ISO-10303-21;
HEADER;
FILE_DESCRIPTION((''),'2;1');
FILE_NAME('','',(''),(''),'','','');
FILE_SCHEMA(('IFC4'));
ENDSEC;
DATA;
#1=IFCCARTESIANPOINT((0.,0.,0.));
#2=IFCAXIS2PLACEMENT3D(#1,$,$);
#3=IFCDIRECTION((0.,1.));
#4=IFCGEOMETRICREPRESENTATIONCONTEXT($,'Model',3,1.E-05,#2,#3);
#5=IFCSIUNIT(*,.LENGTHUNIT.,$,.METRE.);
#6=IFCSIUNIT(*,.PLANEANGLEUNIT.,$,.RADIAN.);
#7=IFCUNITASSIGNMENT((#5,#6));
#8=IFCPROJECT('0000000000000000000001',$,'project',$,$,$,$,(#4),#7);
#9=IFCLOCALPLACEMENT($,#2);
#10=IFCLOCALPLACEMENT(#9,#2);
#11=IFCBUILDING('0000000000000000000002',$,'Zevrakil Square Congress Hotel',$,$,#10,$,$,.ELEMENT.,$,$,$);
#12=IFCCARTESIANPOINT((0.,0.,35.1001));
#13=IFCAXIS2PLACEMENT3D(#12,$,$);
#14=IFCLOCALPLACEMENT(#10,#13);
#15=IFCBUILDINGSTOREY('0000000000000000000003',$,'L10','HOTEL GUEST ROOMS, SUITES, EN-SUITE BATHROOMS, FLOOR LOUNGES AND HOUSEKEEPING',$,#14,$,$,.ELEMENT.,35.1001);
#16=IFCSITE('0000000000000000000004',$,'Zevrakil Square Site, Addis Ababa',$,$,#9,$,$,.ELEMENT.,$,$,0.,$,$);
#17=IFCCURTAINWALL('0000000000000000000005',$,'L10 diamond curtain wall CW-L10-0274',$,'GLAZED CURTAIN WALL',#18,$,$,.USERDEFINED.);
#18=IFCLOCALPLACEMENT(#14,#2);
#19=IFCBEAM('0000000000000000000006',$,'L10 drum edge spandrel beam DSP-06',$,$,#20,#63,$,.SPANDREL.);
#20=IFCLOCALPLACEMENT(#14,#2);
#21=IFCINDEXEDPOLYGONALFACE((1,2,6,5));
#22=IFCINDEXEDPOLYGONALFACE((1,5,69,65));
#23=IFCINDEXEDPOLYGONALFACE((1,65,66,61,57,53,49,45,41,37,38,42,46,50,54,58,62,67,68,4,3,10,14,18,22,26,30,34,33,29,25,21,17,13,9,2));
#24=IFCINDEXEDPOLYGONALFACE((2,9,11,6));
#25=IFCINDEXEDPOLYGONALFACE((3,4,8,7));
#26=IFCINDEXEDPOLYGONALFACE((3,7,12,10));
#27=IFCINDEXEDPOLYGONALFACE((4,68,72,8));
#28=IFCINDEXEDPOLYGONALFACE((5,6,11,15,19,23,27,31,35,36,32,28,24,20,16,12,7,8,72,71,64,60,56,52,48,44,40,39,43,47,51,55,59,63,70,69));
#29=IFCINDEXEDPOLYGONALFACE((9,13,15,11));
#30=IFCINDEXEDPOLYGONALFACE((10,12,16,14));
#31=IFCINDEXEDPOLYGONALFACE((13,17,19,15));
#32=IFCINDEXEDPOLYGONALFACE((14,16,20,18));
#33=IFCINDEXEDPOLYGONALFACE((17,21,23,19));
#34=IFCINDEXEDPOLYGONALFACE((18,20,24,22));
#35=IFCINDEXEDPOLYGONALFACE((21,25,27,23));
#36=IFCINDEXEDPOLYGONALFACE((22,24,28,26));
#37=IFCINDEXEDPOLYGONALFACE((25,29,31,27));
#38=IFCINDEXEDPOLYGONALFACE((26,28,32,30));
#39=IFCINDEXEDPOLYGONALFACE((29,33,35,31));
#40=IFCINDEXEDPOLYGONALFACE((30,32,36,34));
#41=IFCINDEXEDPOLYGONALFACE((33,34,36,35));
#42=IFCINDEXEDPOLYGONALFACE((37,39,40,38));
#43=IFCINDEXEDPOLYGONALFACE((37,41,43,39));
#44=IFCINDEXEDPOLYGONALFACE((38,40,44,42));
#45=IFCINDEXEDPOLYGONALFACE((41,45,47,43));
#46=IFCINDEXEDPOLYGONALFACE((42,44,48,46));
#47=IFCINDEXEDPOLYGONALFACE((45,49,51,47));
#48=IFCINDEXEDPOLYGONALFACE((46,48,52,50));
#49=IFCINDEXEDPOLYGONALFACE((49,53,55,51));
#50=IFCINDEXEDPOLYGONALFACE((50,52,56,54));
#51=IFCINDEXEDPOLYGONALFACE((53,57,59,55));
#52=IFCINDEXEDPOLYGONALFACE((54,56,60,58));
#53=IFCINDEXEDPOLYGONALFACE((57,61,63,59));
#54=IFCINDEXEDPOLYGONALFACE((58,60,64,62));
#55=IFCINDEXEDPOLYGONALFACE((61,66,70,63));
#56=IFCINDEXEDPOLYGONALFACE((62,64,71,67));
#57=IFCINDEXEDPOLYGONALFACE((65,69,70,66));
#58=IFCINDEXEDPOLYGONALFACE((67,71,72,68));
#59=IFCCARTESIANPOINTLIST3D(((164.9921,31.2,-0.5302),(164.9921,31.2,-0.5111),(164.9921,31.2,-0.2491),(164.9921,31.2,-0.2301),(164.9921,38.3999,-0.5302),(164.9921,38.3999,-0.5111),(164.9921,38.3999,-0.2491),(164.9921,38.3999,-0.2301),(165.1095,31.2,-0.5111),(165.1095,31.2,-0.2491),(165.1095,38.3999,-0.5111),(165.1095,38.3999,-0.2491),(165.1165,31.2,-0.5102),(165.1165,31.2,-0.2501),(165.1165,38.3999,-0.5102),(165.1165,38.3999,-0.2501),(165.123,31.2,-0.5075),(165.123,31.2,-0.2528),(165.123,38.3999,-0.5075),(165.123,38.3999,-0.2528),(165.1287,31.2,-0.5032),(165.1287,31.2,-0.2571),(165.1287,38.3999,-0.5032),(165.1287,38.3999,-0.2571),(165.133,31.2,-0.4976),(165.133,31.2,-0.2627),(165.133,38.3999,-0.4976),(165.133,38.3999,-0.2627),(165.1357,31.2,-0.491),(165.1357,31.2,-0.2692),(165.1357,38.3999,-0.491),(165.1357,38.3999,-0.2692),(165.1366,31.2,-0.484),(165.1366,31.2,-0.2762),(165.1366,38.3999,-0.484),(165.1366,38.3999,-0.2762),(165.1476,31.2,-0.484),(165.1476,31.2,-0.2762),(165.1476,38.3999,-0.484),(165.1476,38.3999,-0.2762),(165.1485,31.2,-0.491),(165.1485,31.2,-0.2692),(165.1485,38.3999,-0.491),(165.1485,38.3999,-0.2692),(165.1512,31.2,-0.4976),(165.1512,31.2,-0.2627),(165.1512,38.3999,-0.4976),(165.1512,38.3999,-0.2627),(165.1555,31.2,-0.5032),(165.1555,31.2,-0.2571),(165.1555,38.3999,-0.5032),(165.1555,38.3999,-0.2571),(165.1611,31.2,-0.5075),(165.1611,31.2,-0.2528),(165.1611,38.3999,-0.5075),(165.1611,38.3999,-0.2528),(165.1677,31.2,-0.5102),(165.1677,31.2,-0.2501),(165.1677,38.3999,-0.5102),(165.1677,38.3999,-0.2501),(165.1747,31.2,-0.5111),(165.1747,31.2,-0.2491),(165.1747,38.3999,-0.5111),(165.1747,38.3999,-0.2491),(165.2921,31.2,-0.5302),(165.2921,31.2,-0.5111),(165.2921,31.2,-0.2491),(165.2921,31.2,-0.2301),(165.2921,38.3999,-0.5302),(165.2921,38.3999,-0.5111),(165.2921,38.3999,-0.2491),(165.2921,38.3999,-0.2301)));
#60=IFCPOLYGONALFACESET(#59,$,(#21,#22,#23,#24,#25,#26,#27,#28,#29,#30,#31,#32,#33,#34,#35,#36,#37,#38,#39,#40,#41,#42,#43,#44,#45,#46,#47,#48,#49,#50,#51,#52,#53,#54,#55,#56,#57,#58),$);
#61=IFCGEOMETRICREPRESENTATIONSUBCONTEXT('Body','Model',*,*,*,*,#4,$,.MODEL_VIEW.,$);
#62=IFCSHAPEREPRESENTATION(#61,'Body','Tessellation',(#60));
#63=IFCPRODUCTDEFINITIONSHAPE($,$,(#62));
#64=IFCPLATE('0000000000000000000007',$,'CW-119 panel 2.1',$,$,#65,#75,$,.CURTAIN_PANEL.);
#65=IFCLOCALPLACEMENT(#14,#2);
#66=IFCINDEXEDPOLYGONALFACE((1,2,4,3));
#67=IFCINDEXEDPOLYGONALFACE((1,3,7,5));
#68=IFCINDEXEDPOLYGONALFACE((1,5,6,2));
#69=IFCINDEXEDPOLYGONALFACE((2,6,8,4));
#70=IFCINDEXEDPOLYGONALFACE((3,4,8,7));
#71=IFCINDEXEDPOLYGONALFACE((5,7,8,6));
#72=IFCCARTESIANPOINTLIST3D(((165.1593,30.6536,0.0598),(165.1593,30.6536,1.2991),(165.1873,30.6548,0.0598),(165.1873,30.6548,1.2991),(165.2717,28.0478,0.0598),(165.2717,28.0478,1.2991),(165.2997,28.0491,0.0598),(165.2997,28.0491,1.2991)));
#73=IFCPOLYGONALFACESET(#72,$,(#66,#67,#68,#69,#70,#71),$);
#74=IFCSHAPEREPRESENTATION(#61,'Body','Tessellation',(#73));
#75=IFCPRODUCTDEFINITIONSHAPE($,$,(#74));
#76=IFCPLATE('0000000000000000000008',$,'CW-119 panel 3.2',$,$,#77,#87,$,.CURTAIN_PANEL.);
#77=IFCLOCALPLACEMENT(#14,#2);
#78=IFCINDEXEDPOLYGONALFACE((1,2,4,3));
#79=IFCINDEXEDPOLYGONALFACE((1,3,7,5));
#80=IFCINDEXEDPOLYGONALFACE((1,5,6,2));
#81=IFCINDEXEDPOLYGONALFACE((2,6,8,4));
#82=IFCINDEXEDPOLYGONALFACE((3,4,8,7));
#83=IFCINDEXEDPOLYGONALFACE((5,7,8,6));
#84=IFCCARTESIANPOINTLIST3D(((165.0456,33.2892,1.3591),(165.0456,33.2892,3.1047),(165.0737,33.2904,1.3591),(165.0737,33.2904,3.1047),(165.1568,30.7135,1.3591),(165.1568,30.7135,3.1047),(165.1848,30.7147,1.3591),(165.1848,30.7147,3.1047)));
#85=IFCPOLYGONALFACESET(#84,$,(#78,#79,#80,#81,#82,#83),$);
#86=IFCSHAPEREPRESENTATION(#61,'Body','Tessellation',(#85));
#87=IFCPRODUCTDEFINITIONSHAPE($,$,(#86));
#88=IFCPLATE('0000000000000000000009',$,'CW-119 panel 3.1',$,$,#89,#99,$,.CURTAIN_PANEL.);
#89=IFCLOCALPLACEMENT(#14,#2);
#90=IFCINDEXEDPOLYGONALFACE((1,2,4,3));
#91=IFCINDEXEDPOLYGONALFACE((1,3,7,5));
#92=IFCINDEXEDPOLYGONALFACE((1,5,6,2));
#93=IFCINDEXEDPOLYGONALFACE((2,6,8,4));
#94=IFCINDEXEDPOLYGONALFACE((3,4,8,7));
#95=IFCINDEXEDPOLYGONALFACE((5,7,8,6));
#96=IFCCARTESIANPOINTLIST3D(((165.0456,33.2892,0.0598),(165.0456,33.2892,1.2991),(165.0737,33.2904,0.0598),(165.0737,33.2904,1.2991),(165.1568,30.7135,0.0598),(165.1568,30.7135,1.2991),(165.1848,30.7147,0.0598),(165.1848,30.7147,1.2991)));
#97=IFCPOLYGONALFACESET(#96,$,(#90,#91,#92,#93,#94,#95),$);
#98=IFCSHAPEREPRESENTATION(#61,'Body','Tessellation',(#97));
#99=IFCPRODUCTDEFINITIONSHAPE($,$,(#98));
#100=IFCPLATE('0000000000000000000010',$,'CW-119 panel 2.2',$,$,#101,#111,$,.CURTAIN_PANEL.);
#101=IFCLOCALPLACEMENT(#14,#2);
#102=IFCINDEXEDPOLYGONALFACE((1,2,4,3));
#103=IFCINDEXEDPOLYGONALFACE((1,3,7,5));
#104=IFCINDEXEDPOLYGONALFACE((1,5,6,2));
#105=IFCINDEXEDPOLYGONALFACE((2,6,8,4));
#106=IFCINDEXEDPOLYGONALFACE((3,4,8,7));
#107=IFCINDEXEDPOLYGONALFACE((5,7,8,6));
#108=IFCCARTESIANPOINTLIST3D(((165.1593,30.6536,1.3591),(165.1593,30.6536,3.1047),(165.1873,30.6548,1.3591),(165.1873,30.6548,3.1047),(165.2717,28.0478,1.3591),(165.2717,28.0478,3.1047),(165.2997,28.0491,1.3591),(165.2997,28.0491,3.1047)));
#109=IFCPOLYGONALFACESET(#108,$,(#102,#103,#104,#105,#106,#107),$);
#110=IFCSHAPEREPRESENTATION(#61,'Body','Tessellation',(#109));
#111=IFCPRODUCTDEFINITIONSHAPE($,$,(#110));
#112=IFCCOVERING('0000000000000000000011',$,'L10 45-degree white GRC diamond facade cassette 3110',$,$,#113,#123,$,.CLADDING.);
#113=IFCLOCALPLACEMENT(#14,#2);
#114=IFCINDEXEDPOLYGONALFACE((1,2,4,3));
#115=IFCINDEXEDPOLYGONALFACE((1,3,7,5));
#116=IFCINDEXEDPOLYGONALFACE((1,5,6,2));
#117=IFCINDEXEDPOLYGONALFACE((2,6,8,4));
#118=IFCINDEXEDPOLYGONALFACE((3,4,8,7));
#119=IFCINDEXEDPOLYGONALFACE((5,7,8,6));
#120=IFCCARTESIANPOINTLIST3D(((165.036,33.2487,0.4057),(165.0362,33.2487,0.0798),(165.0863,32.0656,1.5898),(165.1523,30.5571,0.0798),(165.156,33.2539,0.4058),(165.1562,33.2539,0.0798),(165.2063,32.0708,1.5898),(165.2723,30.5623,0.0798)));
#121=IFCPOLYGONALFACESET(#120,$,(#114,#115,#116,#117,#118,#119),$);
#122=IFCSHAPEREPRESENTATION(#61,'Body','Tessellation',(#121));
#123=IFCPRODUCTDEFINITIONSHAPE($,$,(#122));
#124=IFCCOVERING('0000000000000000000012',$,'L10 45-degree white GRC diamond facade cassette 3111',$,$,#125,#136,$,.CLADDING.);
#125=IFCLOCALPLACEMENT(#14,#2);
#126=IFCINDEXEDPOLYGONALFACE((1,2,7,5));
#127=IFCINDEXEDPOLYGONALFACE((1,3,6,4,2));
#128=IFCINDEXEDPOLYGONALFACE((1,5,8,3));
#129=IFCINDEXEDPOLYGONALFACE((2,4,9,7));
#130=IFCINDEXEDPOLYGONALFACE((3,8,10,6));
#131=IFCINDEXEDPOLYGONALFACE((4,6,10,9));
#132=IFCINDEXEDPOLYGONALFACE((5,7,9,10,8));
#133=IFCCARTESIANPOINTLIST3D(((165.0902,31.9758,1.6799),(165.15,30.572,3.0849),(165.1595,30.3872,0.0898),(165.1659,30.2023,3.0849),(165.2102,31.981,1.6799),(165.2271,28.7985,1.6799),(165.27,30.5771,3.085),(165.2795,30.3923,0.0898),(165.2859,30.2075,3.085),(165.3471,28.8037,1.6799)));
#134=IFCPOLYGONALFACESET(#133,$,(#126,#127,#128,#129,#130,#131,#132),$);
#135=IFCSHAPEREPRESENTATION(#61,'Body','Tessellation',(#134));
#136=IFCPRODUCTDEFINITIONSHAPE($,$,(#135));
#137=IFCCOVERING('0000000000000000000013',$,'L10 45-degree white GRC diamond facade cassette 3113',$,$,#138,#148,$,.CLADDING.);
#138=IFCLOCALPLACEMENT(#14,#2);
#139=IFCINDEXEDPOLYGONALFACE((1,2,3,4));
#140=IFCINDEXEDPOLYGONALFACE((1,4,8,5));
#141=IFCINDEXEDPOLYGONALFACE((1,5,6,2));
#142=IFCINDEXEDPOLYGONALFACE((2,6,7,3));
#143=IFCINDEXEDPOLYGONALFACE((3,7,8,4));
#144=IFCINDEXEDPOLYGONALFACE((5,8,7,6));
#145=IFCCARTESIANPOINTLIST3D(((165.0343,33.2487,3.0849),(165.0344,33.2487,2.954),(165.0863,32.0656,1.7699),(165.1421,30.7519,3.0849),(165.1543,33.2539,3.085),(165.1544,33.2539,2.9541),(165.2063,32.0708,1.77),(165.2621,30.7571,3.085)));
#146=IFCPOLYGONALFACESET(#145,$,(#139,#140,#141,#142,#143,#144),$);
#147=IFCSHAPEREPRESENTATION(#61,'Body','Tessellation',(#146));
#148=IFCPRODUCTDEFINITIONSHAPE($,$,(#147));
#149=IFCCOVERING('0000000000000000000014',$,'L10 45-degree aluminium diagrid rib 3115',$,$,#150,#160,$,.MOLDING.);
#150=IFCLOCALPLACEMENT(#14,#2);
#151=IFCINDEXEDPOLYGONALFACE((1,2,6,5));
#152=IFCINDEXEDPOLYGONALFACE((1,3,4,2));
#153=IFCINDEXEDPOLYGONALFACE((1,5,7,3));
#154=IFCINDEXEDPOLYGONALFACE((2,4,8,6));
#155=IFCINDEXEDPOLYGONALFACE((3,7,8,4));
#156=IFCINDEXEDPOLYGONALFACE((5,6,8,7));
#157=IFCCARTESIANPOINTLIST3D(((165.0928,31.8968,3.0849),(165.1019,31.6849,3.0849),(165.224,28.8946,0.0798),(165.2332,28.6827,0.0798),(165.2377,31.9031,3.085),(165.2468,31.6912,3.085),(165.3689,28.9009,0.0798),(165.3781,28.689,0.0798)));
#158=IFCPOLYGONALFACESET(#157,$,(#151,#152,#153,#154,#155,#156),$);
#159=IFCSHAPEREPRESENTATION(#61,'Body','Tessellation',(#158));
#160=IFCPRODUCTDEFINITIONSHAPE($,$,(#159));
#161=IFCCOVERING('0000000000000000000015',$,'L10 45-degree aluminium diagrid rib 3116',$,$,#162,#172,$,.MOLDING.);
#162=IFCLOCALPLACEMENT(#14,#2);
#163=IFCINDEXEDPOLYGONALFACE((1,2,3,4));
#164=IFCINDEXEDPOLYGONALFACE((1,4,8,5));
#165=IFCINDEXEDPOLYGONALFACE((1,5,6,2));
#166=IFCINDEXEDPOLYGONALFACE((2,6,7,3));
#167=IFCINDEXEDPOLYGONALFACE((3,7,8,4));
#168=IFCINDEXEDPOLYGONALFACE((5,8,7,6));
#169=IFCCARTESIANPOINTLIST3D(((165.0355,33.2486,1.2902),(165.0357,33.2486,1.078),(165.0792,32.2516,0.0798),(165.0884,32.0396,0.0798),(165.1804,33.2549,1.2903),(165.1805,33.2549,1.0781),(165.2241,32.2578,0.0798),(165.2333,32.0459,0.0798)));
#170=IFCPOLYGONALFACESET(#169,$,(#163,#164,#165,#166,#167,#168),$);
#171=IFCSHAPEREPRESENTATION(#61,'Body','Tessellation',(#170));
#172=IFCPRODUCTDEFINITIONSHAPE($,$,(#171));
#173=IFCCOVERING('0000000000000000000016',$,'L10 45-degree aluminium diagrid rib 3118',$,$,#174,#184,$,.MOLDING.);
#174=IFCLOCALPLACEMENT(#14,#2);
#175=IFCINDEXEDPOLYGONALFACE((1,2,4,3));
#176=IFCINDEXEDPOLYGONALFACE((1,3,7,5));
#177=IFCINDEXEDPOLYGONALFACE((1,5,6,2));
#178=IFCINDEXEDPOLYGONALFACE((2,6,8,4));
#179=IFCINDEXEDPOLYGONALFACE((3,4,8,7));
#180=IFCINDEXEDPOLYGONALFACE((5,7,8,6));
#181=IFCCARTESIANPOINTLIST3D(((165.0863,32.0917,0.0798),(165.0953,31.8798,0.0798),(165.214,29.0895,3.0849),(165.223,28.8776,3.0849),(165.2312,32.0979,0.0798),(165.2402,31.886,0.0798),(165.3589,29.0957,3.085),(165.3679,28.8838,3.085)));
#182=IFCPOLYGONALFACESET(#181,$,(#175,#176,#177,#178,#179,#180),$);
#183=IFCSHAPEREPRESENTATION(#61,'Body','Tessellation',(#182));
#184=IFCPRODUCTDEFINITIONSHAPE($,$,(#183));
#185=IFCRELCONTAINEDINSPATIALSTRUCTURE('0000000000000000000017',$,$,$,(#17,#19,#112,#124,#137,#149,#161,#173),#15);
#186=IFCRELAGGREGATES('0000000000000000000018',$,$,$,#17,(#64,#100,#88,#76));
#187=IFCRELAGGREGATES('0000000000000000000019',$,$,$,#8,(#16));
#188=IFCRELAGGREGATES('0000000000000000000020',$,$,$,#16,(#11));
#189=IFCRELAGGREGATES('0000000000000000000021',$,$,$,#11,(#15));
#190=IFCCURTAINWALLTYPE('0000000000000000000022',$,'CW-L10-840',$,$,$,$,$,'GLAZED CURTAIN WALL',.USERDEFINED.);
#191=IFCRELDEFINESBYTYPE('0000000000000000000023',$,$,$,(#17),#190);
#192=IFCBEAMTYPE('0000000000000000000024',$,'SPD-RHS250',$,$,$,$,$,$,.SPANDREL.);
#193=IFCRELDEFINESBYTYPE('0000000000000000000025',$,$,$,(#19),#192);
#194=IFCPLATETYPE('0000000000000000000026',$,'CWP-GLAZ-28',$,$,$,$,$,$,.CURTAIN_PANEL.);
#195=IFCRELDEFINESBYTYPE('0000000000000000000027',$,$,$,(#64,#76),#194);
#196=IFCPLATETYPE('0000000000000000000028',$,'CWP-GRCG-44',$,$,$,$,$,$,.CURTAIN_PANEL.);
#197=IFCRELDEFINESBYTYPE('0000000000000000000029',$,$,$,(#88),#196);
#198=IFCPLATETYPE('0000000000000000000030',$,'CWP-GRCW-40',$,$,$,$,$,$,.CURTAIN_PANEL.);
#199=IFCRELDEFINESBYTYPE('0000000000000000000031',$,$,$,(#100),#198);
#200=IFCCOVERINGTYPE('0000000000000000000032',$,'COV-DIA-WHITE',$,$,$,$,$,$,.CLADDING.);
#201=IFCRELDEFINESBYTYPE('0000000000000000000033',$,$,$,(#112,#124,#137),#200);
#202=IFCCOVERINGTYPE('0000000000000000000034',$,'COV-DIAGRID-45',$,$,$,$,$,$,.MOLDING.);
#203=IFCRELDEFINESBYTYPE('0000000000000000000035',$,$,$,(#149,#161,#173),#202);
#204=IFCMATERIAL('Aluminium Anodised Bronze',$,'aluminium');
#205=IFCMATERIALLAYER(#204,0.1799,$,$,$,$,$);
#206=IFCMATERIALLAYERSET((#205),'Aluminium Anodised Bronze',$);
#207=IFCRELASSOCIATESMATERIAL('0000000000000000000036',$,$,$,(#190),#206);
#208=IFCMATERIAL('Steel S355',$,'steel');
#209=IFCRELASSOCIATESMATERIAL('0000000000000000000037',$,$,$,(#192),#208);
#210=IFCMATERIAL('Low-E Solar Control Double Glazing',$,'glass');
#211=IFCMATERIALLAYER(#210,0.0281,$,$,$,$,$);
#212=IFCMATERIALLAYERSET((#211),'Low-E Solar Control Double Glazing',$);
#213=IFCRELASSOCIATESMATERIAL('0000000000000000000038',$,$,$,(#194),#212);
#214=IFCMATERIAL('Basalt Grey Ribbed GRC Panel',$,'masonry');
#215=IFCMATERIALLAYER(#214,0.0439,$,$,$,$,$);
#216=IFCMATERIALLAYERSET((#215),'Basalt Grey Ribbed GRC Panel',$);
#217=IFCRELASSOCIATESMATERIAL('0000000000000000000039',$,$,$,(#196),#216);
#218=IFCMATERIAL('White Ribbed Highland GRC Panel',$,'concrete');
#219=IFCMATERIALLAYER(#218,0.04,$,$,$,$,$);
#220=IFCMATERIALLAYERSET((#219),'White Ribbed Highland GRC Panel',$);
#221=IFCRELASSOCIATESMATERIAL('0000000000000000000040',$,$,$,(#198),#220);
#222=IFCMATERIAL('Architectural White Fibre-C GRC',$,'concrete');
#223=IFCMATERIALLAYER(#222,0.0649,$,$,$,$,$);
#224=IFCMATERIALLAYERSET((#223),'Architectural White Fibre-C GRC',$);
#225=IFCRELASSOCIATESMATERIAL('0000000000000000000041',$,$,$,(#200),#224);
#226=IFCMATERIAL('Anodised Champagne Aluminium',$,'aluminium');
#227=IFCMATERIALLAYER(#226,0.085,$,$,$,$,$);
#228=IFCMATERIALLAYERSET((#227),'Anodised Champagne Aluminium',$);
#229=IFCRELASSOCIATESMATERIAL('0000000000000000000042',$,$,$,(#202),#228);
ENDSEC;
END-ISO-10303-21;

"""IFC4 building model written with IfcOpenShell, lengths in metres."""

from ifc_helpers import new_model, si_unit, direction, frame, origin, origin_2d, place, context, subcontext, project, spatial, polyline, rectangle, i_section, outline, extrude, material, layer, layer_set, material_profile, profile_set, type_object, element, aggregate, save


model = new_model("IFC4")

# Units and contexts
model_context = context("Model", 3, precision=1e-05, world=origin(), true_north=direction((0.0, 1.0)))
body_context = subcontext(model_context, "Body", "Model", "MODEL_VIEW")
ifc_project = project(units=[si_unit("LENGTHUNIT", "METRE"), si_unit("PLANEANGLEUNIT", "RADIAN")], contexts=[model_context])

# Site, building, storey
site_placement = place(None, origin())
site = spatial("IfcSite", under=ifc_project, at=site_placement, Name="Zevrakil Square Site, Addis Ababa", CompositionType="ELEMENT", RefElevation=0.0)
building_placement = place(site_placement, origin())
building = spatial("IfcBuilding", under=site, at=building_placement, Name="Zevrakil Square Congress Hotel", CompositionType="ELEMENT")
storey_placement = place(building_placement, frame((0.0, 0.0, 35.1001)))
storey = spatial("IfcBuildingStorey", under=building, at=storey_placement, Name="L10", Description="HOTEL GUEST ROOMS, SUITES, EN-SUITE BATHROOMS, FLOOR LOUNGES AND HOUSEKEEPING", CompositionType="ELEMENT", Elevation=35.1001)

# Curtain wall
ifc_material_1 = material(Name="Aluminium Anodised Bronze", Category="aluminium")
ifc_layer_1 = layer(ifc_material_1, 0.1799)
ifc_layer_set_1 = layer_set([ifc_layer_1], Name="Aluminium Anodised Bronze")
curtain_wall_type_1 = type_object("IfcCurtainWallType", Name="CW-L10-840", ElementType="GLAZED CURTAIN WALL", PredefinedType="USERDEFINED", material=ifc_layer_set_1)
curtain_wall_1_placement = place(storey_placement, origin())
curtain_wall_1 = element("IfcCurtainWall", 1, at=curtain_wall_1_placement, inside=storey, type_object=curtain_wall_type_1, Name="L10 diamond curtain wall CW-L10-0274", ObjectType="GLAZED CURTAIN WALL", PredefinedType="USERDEFINED")

# Beam
ifc_material_2 = material(Name="Steel S355", Category="steel")
ifc_material_profile_1 = material_profile(ifc_material_2, i_section(OverallWidth=0.3, OverallDepth=0.3, WebThickness=0.011, FlangeThickness=0.019, FilletRadius=0.0271, at=origin_2d()), Name="HEB 300")
ifc_profile_set_1 = profile_set([ifc_material_profile_1], Name="Steel S355")
beam_type = type_object("IfcBeamType", Name="SPD-RHS250", PredefinedType="SPANDREL", material=ifc_profile_set_1)
beam_placement = place(storey_placement, frame((165.1421, 31.2, -0.3801), z_axis=(0.0, 1.0, 0.0), x_axis=(-1.0, 0.0, 0.0)))
element("IfcBeam", 2, at=beam_placement, inside=storey, type_object=beam_type, Name="L10 drum edge spandrel beam DSP-06", PredefinedType="SPANDREL", context=body_context, shape_type="SweptSolid", body=[
    extrude(i_section(OverallWidth=0.3, OverallDepth=0.3, WebThickness=0.011, FlangeThickness=0.019, FilletRadius=0.0271, at=origin_2d()), origin(), (0.0, 0.0, 1.0), 7.2),
])

# Plates
ifc_material_3 = material(Name="Low-E Solar Control Double Glazing", Category="glass")
ifc_layer_2 = layer(ifc_material_3, 0.0281)
ifc_layer_set_2 = layer_set([ifc_layer_2], Name="Low-E Solar Control Double Glazing")
plate_type_1 = type_object("IfcPlateType", Name="CWP-GLAZ-28", PredefinedType="CURTAIN_PANEL", material=ifc_layer_set_2)
plate_1_placement = place(storey_placement, frame((165.2295, 29.3513, 0.0598), z_axis=(0.0, 0.0, 1.0), x_axis=(-0.043102, 0.999071, 0.0)))
plate_1 = element("IfcPlate", 3, at=plate_1_placement, type_object=plate_type_1, Name="CW-119 panel 2.1", PredefinedType="CURTAIN_PANEL", context=body_context, shape_type="SweptSolid", body=[
    extrude(rectangle(XDim=2.6082, YDim=0.0281, at=origin_2d()), origin(), (0.0, 0.0, 1.0), 1.2393),
])
plate_2_placement = place(storey_placement, frame((165.1152, 32.002, 1.3591), z_axis=(0.0, 0.0, 1.0), x_axis=(-0.043102, 0.999071, 0.0)))
plate_2 = element("IfcPlate", 4, at=plate_2_placement, type_object=plate_type_1, Name="CW-119 panel 3.2", PredefinedType="CURTAIN_PANEL", context=body_context, shape_type="SweptSolid", body=[
    extrude(rectangle(XDim=2.5781, YDim=0.0281, at=origin_2d()), origin(), (0.0, 0.0, 1.0), 1.7456),
])
ifc_material_4 = material(Name="Basalt Grey Ribbed GRC Panel", Category="masonry")
ifc_layer_3 = layer(ifc_material_4, 0.0439)
ifc_layer_set_3 = layer_set([ifc_layer_3], Name="Basalt Grey Ribbed GRC Panel")
plate_type_2 = type_object("IfcPlateType", Name="CWP-GRCG-44", PredefinedType="CURTAIN_PANEL", material=ifc_layer_set_3)
plate_3_placement = place(storey_placement, frame((165.1152, 32.002, 0.0598), z_axis=(0.0, 0.0, 1.0), x_axis=(-0.043102, 0.999071, 0.0)))
plate_3 = element("IfcPlate", 5, at=plate_3_placement, type_object=plate_type_2, Name="CW-119 panel 3.1", PredefinedType="CURTAIN_PANEL", context=body_context, shape_type="SweptSolid", body=[
    extrude(rectangle(XDim=2.5781, YDim=0.0281, at=origin_2d()), origin(), (0.0, 0.0, 1.0), 1.2393),
])
ifc_material_5 = material(Name="White Ribbed Highland GRC Panel", Category="concrete")
ifc_layer_4 = layer(ifc_material_5, 0.04)
ifc_layer_set_4 = layer_set([ifc_layer_4], Name="White Ribbed Highland GRC Panel")
plate_type_3 = type_object("IfcPlateType", Name="CWP-GRCW-40", PredefinedType="CURTAIN_PANEL", material=ifc_layer_set_4)
plate_4_placement = place(storey_placement, frame((165.2295, 29.3513, 1.3591), z_axis=(0.0, 0.0, 1.0), x_axis=(-0.043102, 0.999071, 0.0)))
plate_4 = element("IfcPlate", 6, at=plate_4_placement, type_object=plate_type_3, Name="CW-119 panel 2.2", PredefinedType="CURTAIN_PANEL", context=body_context, shape_type="SweptSolid", body=[
    extrude(rectangle(XDim=2.6082, YDim=0.0281, at=origin_2d()), origin(), (0.0, 0.0, 1.0), 1.7456),
])
aggregate(curtain_wall_1, [plate_1, plate_4, plate_3, plate_2])

# Coverings
ifc_material_6 = material(Name="Architectural White Fibre-C GRC", Category="concrete")
ifc_layer_5 = layer(ifc_material_6, 0.0649)
ifc_layer_set_5 = layer_set([ifc_layer_5], Name="Architectural White Fibre-C GRC")
covering_type_1 = type_object("IfcCoveringType", Name="COV-DIA-WHITE", PredefinedType="CLADDING", material=ifc_layer_set_5)
covering_1_placement = place(storey_placement, frame((165.2063, 32.0708, 1.5898), z_axis=(0.999072, 0.043059, 0.000623), x_axis=(-0.030008, 0.706497, -0.707079)))
element("IfcCovering", 7, at=covering_1_placement, inside=storey, type_object=covering_type_1, Name="L10 45-degree white GRC diamond facade cassette 3110", PredefinedType="CLADDING", context=body_context, shape_type="SweptSolid", body=[
    extrude(outline(polyline([(0.0, 0.0), (1.6746, 0.0), (1.9051, -0.2305), (-0.0001, -2.1355), (0.0, 0.0)])), origin(), (0.0, 0.0, -1.0), 0.1201),
])
covering_2_placement = place(storey_placement, frame((165.2102, 31.981, 1.6799), z_axis=(0.999072, 0.043058, 0.000529), x_axis=(0.030821, -0.706445, -0.707096)))
element("IfcCovering", 8, at=covering_2_placement, inside=storey, type_object=covering_type_1, Name="L10 45-degree white GRC diamond facade cassette 3111", PredefinedType="CLADDING", context=body_context, shape_type="SweptSolid", body=[
    extrude(outline(polyline([(0.0, 0.0), (2.2488, 0.0), (2.2488, -2.2487), (0.2617, -2.2487), (0.0001, -1.987), (0.0, 0.0)])), origin(), (0.0, 0.0, -1.0), 0.1201),
])
covering_3_placement = place(storey_placement, frame((165.2063, 32.0708, 1.77), z_axis=(0.99907, 0.043118, 0.000715), x_axis=(0.029984, -0.706462, 0.707115)))
element("IfcCovering", 9, at=covering_3_placement, inside=storey, type_object=covering_type_1, Name="L10 45-degree white GRC diamond facade cassette 3113", PredefinedType="CLADDING", context=body_context, shape_type="SweptSolid", body=[
    extrude(outline(polyline([(0.0, 0.0), (1.8596, 0.0), (0.0924, -1.7672), (-0.0001, -1.6747), (0.0, 0.0)])), origin(), (0.0, 0.0, -1.0), 0.1201),
])
ifc_material_7 = material(Name="Anodised Champagne Aluminium", Category="aluminium")
ifc_layer_6 = layer(ifc_material_7, 0.085)
ifc_layer_set_6 = layer_set([ifc_layer_6], Name="Anodised Champagne Aluminium")
covering_type_2 = type_object("IfcCoveringType", Name="COV-DIAGRID-45", PredefinedType="MOLDING", material=ifc_layer_set_6)
covering_4_placement = place(storey_placement, frame((165.3689, 28.9009, 0.0798), z_axis=(0.999068, 0.043162, 0.000506), x_axis=(0.043163, -0.999068, 0.0)))
element("IfcCovering", 10, at=covering_4_placement, inside=storey, type_object=covering_type_2, Name="L10 45-degree aluminium diagrid rib 3115", PredefinedType="MOLDING", context=body_context, shape_type="SweptSolid", body=[
    extrude(outline(polyline([(0.0, 0.0), (0.2121, 0.0), (-2.793, -3.0051), (-3.0051, -3.0051), (0.0, 0.0)])), origin(), (0.0, 0.0, -1.0), 0.145),
])
covering_5_placement = place(storey_placement, frame((165.2241, 32.2578, 0.0798), z_axis=(0.999069, 0.04313, 0.000543), x_axis=(0.04313, -0.999069, 0.0)))
element("IfcCovering", 11, at=covering_5_placement, inside=storey, type_object=covering_type_2, Name="L10 45-degree aluminium diagrid rib 3116", PredefinedType="MOLDING", context=body_context, shape_type="SweptSolid", body=[
    extrude(outline(polyline([(0.0, 0.0), (0.2121, 0.0), (-0.998, -1.2104), (-0.998, -0.9983), (0.0, 0.0)])), origin(), (0.0, 0.0, -1.0), 0.145),
])
covering_6_placement = place(storey_placement, frame((165.3679, 28.8838, 3.085), z_axis=(0.999093, 0.042588, 0.000096), x_axis=(-0.042588, 0.999093, 0.0)))
element("IfcCovering", 12, at=covering_6_placement, inside=storey, type_object=covering_type_2, Name="L10 45-degree aluminium diagrid rib 3118", PredefinedType="MOLDING", context=body_context, shape_type="SweptSolid", body=[
    extrude(outline(polyline([(0.0, 0.0), (0.2121, 0.0), (3.217, -3.0051), (3.0049, -3.0051), (0.0, 0.0)])), origin(), (0.0, 0.0, -1.0), 0.145),
])

save(model, "model.ifc")
